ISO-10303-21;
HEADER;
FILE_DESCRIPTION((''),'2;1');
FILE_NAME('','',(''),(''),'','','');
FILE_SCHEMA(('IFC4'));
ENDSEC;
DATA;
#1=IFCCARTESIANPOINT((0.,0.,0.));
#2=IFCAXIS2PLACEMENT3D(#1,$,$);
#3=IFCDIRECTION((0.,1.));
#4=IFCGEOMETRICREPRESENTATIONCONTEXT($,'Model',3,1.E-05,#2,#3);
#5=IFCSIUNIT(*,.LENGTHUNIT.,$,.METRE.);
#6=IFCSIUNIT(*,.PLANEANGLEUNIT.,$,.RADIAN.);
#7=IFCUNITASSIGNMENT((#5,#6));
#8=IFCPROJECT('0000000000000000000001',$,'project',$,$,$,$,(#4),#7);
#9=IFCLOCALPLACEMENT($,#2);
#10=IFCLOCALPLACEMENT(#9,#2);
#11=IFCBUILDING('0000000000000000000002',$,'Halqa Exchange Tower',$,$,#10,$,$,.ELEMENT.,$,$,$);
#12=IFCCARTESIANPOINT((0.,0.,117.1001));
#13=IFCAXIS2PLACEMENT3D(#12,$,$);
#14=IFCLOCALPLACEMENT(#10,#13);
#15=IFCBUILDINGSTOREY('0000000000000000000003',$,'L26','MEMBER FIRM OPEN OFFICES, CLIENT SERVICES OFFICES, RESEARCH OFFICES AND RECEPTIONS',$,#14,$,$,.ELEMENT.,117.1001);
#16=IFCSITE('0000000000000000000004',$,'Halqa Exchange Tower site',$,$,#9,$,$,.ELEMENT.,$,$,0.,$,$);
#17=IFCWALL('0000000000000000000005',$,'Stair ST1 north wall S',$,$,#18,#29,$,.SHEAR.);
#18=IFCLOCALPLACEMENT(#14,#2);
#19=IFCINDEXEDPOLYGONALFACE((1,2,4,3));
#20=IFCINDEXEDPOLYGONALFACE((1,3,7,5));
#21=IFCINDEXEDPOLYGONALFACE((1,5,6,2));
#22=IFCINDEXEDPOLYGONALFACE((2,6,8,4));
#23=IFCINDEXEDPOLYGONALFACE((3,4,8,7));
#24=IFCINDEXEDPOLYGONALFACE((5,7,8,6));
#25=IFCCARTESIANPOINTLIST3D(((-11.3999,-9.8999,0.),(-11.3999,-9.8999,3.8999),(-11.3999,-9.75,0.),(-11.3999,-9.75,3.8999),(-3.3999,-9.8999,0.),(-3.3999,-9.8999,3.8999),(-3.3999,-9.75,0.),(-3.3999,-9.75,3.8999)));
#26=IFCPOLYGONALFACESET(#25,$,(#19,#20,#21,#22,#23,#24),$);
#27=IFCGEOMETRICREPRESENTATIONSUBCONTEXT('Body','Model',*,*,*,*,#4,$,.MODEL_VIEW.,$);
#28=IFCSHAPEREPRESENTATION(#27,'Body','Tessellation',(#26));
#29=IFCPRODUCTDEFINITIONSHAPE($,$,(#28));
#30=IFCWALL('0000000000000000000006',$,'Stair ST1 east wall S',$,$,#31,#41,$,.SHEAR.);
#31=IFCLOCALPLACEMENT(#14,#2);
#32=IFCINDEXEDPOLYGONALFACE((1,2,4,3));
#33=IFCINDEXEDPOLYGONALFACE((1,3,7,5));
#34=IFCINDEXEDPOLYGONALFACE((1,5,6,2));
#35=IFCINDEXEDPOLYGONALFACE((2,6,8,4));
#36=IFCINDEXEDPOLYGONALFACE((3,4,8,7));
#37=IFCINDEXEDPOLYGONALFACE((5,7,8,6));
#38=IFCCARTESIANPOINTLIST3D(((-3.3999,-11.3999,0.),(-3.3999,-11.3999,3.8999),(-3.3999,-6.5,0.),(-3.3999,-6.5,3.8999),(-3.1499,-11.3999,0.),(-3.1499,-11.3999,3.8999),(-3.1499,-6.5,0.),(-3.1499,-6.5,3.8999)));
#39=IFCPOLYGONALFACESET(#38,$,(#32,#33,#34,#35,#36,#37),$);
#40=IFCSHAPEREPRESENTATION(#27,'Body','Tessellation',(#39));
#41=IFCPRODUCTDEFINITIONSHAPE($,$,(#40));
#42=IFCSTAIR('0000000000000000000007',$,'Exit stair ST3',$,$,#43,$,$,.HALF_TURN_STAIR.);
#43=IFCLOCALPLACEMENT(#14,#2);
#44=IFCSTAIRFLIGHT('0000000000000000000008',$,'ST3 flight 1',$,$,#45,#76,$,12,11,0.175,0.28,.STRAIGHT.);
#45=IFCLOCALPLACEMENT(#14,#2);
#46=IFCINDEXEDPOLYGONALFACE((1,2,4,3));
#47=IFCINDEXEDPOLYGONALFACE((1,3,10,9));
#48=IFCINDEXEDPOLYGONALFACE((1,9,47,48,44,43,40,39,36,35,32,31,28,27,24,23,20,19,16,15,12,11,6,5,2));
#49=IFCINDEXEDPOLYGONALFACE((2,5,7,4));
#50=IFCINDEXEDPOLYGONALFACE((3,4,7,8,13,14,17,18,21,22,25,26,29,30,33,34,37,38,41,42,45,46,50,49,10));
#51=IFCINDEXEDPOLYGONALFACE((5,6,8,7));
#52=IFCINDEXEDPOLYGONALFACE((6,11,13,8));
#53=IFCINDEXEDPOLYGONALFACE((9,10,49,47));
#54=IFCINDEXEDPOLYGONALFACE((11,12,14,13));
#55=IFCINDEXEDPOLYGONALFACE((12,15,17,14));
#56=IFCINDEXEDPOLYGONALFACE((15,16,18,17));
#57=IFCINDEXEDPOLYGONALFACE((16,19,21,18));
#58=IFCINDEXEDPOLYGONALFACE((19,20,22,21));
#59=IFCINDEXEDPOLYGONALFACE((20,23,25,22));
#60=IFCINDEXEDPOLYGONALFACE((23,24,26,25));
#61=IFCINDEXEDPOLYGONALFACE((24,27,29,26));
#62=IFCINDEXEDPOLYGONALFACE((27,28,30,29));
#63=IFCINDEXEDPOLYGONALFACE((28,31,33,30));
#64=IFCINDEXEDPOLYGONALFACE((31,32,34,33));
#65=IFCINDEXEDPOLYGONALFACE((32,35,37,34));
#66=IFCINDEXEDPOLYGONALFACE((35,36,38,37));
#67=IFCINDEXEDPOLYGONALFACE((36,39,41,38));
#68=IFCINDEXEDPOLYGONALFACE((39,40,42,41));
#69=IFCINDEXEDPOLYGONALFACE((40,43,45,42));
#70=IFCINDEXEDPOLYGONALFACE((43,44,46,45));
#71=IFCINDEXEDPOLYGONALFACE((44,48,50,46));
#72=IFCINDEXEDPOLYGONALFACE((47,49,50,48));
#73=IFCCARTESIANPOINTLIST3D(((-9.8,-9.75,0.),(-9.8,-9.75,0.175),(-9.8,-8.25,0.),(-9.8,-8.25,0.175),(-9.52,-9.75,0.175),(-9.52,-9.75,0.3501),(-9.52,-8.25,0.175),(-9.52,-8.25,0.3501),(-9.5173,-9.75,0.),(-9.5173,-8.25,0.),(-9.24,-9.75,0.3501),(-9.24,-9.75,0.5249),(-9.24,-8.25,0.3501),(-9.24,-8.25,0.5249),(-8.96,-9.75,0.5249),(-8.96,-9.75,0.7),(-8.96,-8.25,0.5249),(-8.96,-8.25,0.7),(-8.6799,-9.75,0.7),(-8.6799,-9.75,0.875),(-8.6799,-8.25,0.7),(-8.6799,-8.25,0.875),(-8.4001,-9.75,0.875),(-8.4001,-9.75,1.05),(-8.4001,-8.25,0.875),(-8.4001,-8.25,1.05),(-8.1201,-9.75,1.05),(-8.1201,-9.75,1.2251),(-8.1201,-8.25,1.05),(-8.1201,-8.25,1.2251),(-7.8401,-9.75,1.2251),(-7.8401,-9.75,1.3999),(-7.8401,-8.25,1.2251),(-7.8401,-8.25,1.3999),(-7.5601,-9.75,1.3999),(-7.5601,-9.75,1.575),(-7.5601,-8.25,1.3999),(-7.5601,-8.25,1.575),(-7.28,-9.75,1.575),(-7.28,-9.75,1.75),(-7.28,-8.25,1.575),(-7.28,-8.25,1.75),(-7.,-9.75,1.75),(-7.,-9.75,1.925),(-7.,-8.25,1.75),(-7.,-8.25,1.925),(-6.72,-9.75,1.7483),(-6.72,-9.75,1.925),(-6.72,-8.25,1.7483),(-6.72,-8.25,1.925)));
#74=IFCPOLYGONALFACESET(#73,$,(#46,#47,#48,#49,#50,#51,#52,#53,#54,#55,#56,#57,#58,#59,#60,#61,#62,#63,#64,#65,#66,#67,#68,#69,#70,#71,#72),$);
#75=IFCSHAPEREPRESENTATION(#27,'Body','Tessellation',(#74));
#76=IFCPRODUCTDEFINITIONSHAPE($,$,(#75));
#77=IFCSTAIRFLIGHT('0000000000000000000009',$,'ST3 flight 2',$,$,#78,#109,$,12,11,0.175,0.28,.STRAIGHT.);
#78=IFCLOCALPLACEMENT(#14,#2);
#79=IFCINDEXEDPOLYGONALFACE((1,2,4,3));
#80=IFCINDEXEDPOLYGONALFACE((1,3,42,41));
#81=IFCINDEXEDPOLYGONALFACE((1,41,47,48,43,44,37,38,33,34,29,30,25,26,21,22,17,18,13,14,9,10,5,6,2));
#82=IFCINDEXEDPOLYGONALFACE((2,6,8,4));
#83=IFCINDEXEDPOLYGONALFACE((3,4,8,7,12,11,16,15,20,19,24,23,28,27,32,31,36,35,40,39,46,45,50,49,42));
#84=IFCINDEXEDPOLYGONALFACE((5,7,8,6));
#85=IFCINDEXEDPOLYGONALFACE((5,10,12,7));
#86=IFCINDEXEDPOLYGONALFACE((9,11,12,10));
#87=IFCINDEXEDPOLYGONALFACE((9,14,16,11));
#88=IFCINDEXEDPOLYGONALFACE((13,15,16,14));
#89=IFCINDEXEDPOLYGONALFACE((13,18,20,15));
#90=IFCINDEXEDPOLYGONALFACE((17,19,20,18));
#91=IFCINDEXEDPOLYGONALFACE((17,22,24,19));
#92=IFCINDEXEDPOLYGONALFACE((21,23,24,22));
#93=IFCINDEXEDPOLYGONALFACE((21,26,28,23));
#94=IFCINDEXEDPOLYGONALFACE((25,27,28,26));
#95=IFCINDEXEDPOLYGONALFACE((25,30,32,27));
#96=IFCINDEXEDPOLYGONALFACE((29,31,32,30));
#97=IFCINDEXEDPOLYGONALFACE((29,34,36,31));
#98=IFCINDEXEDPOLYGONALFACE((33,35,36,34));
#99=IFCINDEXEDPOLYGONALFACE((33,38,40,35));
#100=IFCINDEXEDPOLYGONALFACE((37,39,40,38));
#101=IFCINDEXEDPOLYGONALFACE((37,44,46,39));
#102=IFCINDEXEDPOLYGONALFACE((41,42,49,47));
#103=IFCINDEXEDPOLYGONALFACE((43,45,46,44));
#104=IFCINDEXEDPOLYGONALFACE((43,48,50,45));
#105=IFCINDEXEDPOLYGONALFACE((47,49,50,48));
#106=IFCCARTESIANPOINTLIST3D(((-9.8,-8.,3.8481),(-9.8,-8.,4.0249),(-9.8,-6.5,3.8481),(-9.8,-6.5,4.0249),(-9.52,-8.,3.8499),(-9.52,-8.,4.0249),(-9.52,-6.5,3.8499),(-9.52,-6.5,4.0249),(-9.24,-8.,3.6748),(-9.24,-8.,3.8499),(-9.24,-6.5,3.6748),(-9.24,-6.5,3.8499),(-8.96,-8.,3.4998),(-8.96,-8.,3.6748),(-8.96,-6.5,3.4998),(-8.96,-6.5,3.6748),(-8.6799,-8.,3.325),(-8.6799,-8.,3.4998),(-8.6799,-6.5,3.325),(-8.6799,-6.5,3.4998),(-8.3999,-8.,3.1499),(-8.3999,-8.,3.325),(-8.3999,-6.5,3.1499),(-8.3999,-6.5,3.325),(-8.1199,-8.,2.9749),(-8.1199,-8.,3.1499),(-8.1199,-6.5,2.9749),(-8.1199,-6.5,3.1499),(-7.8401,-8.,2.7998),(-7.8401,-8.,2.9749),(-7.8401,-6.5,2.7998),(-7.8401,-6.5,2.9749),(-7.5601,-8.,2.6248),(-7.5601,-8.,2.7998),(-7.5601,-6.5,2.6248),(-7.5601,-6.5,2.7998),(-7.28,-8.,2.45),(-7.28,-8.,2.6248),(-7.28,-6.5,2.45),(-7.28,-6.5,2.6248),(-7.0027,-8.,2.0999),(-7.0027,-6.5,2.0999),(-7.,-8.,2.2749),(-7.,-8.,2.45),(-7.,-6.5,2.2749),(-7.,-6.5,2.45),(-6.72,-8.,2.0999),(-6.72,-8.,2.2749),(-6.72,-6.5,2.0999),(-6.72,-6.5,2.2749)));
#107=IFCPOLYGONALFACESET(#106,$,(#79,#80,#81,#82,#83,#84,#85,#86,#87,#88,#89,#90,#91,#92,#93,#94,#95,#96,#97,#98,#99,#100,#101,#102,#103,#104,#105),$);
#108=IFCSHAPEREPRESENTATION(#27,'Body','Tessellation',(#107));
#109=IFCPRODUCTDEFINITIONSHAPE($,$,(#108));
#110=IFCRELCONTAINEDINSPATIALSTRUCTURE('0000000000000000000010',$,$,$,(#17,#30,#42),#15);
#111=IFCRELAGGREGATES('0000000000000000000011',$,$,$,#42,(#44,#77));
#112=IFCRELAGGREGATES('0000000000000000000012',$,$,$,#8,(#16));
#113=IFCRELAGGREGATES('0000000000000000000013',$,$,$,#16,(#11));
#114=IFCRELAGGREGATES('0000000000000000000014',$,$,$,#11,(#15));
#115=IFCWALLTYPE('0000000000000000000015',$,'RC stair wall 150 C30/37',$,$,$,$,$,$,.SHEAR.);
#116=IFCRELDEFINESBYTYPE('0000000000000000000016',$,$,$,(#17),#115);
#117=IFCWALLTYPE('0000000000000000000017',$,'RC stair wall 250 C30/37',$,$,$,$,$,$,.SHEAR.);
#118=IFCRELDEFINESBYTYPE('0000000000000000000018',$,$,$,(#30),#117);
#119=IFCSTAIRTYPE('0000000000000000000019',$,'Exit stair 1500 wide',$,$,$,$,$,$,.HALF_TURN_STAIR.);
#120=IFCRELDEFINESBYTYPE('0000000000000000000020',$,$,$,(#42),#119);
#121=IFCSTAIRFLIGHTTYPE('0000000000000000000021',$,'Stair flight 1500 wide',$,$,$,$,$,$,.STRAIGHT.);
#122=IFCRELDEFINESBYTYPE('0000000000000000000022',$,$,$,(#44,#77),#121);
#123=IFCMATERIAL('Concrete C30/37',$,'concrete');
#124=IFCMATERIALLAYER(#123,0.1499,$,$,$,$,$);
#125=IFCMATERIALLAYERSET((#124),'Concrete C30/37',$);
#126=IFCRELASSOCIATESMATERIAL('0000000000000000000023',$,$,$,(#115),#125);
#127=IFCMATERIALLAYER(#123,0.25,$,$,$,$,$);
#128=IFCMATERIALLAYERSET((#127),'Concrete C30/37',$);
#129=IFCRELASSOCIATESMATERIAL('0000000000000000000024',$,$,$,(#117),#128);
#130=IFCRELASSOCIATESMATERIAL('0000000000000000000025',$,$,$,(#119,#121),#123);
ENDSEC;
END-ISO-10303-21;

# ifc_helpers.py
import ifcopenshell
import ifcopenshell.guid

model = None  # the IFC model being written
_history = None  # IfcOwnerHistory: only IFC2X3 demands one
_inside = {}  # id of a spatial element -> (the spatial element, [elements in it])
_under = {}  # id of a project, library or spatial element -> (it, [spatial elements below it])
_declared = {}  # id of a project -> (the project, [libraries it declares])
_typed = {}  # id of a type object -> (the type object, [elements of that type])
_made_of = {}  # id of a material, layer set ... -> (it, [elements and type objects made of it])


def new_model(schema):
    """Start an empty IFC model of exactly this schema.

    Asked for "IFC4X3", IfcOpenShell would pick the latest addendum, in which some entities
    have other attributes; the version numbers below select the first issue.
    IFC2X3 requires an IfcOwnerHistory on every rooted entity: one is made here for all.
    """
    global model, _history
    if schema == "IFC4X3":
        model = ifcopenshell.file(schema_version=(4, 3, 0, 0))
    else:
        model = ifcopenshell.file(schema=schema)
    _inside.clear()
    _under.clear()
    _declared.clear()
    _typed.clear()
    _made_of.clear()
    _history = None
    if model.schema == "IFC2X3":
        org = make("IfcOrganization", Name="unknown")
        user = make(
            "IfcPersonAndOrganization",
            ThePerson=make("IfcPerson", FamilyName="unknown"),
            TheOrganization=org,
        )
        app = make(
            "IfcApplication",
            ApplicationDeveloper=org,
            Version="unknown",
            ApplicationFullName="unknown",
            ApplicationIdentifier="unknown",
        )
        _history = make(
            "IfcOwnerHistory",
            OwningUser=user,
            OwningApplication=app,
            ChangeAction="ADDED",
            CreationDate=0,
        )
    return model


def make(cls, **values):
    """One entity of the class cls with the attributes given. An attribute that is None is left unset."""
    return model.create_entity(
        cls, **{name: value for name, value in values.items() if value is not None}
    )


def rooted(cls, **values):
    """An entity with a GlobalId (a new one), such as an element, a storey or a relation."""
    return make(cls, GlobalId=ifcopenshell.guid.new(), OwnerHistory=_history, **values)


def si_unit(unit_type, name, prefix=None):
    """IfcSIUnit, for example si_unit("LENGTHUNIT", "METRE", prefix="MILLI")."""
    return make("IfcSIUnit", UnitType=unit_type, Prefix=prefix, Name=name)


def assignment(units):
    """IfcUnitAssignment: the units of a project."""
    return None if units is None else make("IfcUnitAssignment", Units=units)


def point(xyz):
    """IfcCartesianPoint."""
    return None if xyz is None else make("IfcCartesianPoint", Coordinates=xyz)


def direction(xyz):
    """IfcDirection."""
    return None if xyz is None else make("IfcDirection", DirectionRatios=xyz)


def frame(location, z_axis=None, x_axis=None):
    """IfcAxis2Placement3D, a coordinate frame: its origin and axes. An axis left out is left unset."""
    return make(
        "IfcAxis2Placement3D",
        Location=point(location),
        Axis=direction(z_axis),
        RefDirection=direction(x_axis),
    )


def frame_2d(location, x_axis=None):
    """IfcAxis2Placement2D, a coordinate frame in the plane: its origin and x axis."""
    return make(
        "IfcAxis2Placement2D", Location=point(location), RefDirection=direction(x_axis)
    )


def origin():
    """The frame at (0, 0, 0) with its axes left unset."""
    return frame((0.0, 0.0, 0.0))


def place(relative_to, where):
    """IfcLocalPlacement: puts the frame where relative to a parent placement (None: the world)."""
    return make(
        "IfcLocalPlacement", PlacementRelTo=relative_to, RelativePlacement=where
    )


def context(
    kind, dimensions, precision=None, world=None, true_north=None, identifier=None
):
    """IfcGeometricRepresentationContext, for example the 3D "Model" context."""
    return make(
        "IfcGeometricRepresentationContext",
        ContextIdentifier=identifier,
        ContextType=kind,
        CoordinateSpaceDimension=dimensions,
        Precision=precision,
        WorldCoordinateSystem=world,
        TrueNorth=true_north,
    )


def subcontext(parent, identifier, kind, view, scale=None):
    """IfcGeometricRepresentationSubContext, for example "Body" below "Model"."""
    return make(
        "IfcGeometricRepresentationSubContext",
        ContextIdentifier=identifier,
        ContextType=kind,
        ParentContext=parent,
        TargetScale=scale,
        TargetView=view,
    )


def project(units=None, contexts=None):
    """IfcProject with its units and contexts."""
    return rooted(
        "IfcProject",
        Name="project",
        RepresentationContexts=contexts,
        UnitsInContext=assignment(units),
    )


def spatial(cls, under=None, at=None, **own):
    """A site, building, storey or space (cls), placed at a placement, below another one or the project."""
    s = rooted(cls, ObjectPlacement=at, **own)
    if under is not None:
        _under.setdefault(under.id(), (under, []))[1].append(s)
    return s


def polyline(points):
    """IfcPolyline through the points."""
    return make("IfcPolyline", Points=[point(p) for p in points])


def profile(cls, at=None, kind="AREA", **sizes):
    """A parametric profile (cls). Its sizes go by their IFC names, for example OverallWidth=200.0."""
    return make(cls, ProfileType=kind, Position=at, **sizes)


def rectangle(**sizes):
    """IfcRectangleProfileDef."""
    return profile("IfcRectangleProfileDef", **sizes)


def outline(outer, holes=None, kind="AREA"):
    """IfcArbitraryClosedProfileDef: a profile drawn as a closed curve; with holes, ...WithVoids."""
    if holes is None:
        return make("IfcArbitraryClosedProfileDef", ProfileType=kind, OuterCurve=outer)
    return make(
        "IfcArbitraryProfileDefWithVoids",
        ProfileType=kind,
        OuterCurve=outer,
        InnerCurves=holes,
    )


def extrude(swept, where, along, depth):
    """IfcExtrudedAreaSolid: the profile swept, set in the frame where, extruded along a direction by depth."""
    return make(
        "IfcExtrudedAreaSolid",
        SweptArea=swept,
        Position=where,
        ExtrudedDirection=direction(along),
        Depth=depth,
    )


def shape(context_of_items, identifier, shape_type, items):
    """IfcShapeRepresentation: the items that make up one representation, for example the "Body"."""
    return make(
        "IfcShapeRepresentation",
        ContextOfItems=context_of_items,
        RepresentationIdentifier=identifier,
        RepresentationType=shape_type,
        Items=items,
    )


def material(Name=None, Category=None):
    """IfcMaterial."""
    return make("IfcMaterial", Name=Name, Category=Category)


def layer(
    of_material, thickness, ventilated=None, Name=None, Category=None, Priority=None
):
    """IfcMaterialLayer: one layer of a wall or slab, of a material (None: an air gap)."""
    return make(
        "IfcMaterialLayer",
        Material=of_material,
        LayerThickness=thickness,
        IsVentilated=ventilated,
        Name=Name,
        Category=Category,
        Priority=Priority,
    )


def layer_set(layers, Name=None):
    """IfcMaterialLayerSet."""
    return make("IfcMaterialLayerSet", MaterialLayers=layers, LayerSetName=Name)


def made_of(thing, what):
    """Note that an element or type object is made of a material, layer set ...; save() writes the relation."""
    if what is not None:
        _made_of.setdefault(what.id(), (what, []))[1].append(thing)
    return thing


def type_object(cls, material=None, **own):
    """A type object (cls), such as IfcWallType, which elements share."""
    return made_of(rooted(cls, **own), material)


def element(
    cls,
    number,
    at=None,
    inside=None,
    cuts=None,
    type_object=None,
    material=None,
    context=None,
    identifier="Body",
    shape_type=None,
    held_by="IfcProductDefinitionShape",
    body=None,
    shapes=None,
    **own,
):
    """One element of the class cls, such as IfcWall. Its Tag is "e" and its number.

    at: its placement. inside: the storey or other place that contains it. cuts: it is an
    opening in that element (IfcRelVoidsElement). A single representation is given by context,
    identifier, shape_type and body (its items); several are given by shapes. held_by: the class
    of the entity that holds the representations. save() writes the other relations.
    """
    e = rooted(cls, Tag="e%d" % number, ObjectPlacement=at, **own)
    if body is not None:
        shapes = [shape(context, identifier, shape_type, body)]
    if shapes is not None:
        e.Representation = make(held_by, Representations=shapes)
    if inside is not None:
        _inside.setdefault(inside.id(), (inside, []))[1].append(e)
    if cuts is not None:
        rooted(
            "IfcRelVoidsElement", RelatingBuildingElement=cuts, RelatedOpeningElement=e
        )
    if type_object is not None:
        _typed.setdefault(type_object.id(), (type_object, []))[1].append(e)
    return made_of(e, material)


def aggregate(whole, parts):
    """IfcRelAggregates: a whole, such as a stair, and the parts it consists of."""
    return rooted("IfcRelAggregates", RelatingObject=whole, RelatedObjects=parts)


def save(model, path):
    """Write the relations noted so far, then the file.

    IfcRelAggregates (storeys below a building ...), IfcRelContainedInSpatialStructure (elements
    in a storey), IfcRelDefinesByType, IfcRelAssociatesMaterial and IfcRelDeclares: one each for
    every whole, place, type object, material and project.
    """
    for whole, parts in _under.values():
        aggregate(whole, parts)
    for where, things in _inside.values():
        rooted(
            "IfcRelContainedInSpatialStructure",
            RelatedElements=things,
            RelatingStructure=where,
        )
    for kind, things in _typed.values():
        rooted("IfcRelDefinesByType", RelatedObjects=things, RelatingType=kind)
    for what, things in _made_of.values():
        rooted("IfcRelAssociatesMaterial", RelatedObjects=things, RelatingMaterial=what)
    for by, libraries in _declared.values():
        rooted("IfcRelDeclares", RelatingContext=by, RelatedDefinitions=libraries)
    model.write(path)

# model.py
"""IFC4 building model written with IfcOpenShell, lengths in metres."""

from ifc_helpers import new_model, si_unit, direction, frame, frame_2d, origin, place, context, subcontext, project, spatial, polyline, rectangle, outline, extrude, material, layer, layer_set, type_object, element, aggregate, save


model = new_model("IFC4")

# Units and contexts
model_context = context("Model", 3, precision=1e-05, world=origin(), true_north=direction((0.0, 1.0)))
body_context = subcontext(model_context, "Body", "Model", "MODEL_VIEW")
ifc_project = project(units=[si_unit("LENGTHUNIT", "METRE"), si_unit("PLANEANGLEUNIT", "RADIAN")], contexts=[model_context])

# Site, building, storey
site_placement = place(None, origin())
site = spatial("IfcSite", under=ifc_project, at=site_placement, Name="Halqa Exchange Tower site", CompositionType="ELEMENT", RefElevation=0.0)
building_placement = place(site_placement, origin())
building = spatial("IfcBuilding", under=site, at=building_placement, Name="Halqa Exchange Tower", CompositionType="ELEMENT")
storey_placement = place(building_placement, frame((0.0, 0.0, 117.1001)))
storey = spatial("IfcBuildingStorey", under=building, at=storey_placement, Name="L26", Description="MEMBER FIRM OPEN OFFICES, CLIENT SERVICES OFFICES, RESEARCH OFFICES AND RECEPTIONS", CompositionType="ELEMENT", Elevation=117.1001)

# Walls
ifc_material_1 = material(Name="Concrete C30/37", Category="concrete")
ifc_layer_1 = layer(ifc_material_1, 0.1499)
ifc_layer_set_1 = layer_set([ifc_layer_1], Name="Concrete C30/37")
wall_type_1 = type_object("IfcWallType", Name="RC stair wall 150 C30/37", PredefinedType="SHEAR", material=ifc_layer_set_1)
wall_1_placement = place(storey_placement, frame((-11.3999, -9.825, 0.0), z_axis=(0.0, 0.0, 1.0), x_axis=(1.0, 0.0, 0.0)))
element("IfcWall", 1, at=wall_1_placement, inside=storey, type_object=wall_type_1, Name="Stair ST1 north wall S", PredefinedType="SHEAR", context=body_context, shape_type="SweptSolid", body=[
    extrude(rectangle(XDim=8.0, YDim=0.1499, at=frame_2d((4.0, 0.0))), origin(), (0.0, 0.0, 1.0), 3.8999),
])
ifc_layer_2 = layer(ifc_material_1, 0.25)
ifc_layer_set_2 = layer_set([ifc_layer_2], Name="Concrete C30/37")
wall_type_2 = type_object("IfcWallType", Name="RC stair wall 250 C30/37", PredefinedType="SHEAR", material=ifc_layer_set_2)
wall_2_placement = place(storey_placement, frame((-3.2749, -11.3999, 0.0), z_axis=(0.0, 0.0, 1.0), x_axis=(0.0, 1.0, 0.0)))
element("IfcWall", 2, at=wall_2_placement, inside=storey, type_object=wall_type_2, Name="Stair ST1 east wall S", PredefinedType="SHEAR", context=body_context, shape_type="SweptSolid", body=[
    extrude(rectangle(XDim=4.8999, YDim=0.25, at=frame_2d((2.45, 0.0))), origin(), (0.0, 0.0, 1.0), 3.8999),
])

# Stair, stair flights
stair_type = type_object("IfcStairType", Name="Exit stair 1500 wide", PredefinedType="HALF_TURN_STAIR", material=ifc_material_1)
stair_placement = place(storey_placement, origin())
stair = element("IfcStair", 3, at=stair_placement, inside=storey, type_object=stair_type, Name="Exit stair ST3", PredefinedType="HALF_TURN_STAIR")
stair_flight_type = type_object("IfcStairFlightType", Name="Stair flight 1500 wide", PredefinedType="STRAIGHT", material=ifc_material_1)
stair_flight_1_placement = place(storey_placement, frame((-9.8, -9.0, 0.0), z_axis=(0.0, 0.0, 1.0), x_axis=(1.0, 0.0, 0.0)))
stair_flight_1 = element("IfcStairFlight", 4, at=stair_flight_1_placement, type_object=stair_flight_type, Name="ST3 flight 1", NumberOfRisers=12, NumberOfTreads=11, PredefinedType="STRAIGHT", RiserHeight=0.175, TreadLength=0.28, context=body_context, shape_type="SweptSolid", body=[
    extrude(outline(polyline([(0.0, 0.0), (0.0, 0.175), (0.28, 0.175), (0.28, 0.3501), (0.5601, 0.3501), (0.5601, 0.5249), (0.8401, 0.5249), (0.8401, 0.7), (1.1201, 0.7), (1.1201, 0.875), (1.3999, 0.875), (1.3999, 1.05), (1.6799, 1.05), (1.6799, 1.2251), (1.96, 1.2251), (1.96, 1.3999), (2.24, 1.3999), (2.24, 1.575), (2.52, 1.575), (2.52, 1.75), (2.8, 1.75), (2.8, 1.925), (3.0801, 1.925), (3.0801, 2.1001), (3.0801, 1.7483), (0.2827, 0.0), (0.0, 0.0)])), frame((0.0, 0.75, 0.0), z_axis=(0.0, -1.0, 0.0), x_axis=(1.0, 0.0, 0.0)), (0.0, 0.0, 1.0), 1.5),
])
stair_flight_2_placement = place(storey_placement, frame((-6.72, -7.25, 2.0999), z_axis=(0.0, 0.0, 1.0), x_axis=(-1.0, 0.0, 0.0)))
stair_flight_2 = element("IfcStairFlight", 5, at=stair_flight_2_placement, type_object=stair_flight_type, Name="ST3 flight 2", NumberOfRisers=12, NumberOfTreads=11, PredefinedType="STRAIGHT", RiserHeight=0.175, TreadLength=0.28, context=body_context, shape_type="SweptSolid", body=[
    extrude(outline(polyline([(0.0, 0.0), (0.0, 0.175), (0.28, 0.175), (0.28, 0.3501), (0.5601, 0.3501), (0.5601, 0.5249), (0.8401, 0.5249), (0.8401, 0.7), (1.1201, 0.7), (1.1201, 0.875), (1.3999, 0.875), (1.3999, 1.05), (1.6799, 1.05), (1.6799, 1.2251), (1.96, 1.2251), (1.96, 1.3999), (2.24, 1.3999), (2.24, 1.575), (2.52, 1.575), (2.52, 1.75), (2.8, 1.75), (2.8, 1.925), (3.0801, 1.925), (3.0801, 2.1001), (3.0801, 1.7483), (0.2827, 0.0), (0.0, 0.0)])), frame((0.0, 0.75, 0.0), z_axis=(0.0, -1.0, 0.0), x_axis=(1.0, 0.0, 0.0)), (0.0, 0.0, 1.0), 1.5),
])
aggregate(stair, [stair_flight_1, stair_flight_2])

save(model, "model.ifc")
